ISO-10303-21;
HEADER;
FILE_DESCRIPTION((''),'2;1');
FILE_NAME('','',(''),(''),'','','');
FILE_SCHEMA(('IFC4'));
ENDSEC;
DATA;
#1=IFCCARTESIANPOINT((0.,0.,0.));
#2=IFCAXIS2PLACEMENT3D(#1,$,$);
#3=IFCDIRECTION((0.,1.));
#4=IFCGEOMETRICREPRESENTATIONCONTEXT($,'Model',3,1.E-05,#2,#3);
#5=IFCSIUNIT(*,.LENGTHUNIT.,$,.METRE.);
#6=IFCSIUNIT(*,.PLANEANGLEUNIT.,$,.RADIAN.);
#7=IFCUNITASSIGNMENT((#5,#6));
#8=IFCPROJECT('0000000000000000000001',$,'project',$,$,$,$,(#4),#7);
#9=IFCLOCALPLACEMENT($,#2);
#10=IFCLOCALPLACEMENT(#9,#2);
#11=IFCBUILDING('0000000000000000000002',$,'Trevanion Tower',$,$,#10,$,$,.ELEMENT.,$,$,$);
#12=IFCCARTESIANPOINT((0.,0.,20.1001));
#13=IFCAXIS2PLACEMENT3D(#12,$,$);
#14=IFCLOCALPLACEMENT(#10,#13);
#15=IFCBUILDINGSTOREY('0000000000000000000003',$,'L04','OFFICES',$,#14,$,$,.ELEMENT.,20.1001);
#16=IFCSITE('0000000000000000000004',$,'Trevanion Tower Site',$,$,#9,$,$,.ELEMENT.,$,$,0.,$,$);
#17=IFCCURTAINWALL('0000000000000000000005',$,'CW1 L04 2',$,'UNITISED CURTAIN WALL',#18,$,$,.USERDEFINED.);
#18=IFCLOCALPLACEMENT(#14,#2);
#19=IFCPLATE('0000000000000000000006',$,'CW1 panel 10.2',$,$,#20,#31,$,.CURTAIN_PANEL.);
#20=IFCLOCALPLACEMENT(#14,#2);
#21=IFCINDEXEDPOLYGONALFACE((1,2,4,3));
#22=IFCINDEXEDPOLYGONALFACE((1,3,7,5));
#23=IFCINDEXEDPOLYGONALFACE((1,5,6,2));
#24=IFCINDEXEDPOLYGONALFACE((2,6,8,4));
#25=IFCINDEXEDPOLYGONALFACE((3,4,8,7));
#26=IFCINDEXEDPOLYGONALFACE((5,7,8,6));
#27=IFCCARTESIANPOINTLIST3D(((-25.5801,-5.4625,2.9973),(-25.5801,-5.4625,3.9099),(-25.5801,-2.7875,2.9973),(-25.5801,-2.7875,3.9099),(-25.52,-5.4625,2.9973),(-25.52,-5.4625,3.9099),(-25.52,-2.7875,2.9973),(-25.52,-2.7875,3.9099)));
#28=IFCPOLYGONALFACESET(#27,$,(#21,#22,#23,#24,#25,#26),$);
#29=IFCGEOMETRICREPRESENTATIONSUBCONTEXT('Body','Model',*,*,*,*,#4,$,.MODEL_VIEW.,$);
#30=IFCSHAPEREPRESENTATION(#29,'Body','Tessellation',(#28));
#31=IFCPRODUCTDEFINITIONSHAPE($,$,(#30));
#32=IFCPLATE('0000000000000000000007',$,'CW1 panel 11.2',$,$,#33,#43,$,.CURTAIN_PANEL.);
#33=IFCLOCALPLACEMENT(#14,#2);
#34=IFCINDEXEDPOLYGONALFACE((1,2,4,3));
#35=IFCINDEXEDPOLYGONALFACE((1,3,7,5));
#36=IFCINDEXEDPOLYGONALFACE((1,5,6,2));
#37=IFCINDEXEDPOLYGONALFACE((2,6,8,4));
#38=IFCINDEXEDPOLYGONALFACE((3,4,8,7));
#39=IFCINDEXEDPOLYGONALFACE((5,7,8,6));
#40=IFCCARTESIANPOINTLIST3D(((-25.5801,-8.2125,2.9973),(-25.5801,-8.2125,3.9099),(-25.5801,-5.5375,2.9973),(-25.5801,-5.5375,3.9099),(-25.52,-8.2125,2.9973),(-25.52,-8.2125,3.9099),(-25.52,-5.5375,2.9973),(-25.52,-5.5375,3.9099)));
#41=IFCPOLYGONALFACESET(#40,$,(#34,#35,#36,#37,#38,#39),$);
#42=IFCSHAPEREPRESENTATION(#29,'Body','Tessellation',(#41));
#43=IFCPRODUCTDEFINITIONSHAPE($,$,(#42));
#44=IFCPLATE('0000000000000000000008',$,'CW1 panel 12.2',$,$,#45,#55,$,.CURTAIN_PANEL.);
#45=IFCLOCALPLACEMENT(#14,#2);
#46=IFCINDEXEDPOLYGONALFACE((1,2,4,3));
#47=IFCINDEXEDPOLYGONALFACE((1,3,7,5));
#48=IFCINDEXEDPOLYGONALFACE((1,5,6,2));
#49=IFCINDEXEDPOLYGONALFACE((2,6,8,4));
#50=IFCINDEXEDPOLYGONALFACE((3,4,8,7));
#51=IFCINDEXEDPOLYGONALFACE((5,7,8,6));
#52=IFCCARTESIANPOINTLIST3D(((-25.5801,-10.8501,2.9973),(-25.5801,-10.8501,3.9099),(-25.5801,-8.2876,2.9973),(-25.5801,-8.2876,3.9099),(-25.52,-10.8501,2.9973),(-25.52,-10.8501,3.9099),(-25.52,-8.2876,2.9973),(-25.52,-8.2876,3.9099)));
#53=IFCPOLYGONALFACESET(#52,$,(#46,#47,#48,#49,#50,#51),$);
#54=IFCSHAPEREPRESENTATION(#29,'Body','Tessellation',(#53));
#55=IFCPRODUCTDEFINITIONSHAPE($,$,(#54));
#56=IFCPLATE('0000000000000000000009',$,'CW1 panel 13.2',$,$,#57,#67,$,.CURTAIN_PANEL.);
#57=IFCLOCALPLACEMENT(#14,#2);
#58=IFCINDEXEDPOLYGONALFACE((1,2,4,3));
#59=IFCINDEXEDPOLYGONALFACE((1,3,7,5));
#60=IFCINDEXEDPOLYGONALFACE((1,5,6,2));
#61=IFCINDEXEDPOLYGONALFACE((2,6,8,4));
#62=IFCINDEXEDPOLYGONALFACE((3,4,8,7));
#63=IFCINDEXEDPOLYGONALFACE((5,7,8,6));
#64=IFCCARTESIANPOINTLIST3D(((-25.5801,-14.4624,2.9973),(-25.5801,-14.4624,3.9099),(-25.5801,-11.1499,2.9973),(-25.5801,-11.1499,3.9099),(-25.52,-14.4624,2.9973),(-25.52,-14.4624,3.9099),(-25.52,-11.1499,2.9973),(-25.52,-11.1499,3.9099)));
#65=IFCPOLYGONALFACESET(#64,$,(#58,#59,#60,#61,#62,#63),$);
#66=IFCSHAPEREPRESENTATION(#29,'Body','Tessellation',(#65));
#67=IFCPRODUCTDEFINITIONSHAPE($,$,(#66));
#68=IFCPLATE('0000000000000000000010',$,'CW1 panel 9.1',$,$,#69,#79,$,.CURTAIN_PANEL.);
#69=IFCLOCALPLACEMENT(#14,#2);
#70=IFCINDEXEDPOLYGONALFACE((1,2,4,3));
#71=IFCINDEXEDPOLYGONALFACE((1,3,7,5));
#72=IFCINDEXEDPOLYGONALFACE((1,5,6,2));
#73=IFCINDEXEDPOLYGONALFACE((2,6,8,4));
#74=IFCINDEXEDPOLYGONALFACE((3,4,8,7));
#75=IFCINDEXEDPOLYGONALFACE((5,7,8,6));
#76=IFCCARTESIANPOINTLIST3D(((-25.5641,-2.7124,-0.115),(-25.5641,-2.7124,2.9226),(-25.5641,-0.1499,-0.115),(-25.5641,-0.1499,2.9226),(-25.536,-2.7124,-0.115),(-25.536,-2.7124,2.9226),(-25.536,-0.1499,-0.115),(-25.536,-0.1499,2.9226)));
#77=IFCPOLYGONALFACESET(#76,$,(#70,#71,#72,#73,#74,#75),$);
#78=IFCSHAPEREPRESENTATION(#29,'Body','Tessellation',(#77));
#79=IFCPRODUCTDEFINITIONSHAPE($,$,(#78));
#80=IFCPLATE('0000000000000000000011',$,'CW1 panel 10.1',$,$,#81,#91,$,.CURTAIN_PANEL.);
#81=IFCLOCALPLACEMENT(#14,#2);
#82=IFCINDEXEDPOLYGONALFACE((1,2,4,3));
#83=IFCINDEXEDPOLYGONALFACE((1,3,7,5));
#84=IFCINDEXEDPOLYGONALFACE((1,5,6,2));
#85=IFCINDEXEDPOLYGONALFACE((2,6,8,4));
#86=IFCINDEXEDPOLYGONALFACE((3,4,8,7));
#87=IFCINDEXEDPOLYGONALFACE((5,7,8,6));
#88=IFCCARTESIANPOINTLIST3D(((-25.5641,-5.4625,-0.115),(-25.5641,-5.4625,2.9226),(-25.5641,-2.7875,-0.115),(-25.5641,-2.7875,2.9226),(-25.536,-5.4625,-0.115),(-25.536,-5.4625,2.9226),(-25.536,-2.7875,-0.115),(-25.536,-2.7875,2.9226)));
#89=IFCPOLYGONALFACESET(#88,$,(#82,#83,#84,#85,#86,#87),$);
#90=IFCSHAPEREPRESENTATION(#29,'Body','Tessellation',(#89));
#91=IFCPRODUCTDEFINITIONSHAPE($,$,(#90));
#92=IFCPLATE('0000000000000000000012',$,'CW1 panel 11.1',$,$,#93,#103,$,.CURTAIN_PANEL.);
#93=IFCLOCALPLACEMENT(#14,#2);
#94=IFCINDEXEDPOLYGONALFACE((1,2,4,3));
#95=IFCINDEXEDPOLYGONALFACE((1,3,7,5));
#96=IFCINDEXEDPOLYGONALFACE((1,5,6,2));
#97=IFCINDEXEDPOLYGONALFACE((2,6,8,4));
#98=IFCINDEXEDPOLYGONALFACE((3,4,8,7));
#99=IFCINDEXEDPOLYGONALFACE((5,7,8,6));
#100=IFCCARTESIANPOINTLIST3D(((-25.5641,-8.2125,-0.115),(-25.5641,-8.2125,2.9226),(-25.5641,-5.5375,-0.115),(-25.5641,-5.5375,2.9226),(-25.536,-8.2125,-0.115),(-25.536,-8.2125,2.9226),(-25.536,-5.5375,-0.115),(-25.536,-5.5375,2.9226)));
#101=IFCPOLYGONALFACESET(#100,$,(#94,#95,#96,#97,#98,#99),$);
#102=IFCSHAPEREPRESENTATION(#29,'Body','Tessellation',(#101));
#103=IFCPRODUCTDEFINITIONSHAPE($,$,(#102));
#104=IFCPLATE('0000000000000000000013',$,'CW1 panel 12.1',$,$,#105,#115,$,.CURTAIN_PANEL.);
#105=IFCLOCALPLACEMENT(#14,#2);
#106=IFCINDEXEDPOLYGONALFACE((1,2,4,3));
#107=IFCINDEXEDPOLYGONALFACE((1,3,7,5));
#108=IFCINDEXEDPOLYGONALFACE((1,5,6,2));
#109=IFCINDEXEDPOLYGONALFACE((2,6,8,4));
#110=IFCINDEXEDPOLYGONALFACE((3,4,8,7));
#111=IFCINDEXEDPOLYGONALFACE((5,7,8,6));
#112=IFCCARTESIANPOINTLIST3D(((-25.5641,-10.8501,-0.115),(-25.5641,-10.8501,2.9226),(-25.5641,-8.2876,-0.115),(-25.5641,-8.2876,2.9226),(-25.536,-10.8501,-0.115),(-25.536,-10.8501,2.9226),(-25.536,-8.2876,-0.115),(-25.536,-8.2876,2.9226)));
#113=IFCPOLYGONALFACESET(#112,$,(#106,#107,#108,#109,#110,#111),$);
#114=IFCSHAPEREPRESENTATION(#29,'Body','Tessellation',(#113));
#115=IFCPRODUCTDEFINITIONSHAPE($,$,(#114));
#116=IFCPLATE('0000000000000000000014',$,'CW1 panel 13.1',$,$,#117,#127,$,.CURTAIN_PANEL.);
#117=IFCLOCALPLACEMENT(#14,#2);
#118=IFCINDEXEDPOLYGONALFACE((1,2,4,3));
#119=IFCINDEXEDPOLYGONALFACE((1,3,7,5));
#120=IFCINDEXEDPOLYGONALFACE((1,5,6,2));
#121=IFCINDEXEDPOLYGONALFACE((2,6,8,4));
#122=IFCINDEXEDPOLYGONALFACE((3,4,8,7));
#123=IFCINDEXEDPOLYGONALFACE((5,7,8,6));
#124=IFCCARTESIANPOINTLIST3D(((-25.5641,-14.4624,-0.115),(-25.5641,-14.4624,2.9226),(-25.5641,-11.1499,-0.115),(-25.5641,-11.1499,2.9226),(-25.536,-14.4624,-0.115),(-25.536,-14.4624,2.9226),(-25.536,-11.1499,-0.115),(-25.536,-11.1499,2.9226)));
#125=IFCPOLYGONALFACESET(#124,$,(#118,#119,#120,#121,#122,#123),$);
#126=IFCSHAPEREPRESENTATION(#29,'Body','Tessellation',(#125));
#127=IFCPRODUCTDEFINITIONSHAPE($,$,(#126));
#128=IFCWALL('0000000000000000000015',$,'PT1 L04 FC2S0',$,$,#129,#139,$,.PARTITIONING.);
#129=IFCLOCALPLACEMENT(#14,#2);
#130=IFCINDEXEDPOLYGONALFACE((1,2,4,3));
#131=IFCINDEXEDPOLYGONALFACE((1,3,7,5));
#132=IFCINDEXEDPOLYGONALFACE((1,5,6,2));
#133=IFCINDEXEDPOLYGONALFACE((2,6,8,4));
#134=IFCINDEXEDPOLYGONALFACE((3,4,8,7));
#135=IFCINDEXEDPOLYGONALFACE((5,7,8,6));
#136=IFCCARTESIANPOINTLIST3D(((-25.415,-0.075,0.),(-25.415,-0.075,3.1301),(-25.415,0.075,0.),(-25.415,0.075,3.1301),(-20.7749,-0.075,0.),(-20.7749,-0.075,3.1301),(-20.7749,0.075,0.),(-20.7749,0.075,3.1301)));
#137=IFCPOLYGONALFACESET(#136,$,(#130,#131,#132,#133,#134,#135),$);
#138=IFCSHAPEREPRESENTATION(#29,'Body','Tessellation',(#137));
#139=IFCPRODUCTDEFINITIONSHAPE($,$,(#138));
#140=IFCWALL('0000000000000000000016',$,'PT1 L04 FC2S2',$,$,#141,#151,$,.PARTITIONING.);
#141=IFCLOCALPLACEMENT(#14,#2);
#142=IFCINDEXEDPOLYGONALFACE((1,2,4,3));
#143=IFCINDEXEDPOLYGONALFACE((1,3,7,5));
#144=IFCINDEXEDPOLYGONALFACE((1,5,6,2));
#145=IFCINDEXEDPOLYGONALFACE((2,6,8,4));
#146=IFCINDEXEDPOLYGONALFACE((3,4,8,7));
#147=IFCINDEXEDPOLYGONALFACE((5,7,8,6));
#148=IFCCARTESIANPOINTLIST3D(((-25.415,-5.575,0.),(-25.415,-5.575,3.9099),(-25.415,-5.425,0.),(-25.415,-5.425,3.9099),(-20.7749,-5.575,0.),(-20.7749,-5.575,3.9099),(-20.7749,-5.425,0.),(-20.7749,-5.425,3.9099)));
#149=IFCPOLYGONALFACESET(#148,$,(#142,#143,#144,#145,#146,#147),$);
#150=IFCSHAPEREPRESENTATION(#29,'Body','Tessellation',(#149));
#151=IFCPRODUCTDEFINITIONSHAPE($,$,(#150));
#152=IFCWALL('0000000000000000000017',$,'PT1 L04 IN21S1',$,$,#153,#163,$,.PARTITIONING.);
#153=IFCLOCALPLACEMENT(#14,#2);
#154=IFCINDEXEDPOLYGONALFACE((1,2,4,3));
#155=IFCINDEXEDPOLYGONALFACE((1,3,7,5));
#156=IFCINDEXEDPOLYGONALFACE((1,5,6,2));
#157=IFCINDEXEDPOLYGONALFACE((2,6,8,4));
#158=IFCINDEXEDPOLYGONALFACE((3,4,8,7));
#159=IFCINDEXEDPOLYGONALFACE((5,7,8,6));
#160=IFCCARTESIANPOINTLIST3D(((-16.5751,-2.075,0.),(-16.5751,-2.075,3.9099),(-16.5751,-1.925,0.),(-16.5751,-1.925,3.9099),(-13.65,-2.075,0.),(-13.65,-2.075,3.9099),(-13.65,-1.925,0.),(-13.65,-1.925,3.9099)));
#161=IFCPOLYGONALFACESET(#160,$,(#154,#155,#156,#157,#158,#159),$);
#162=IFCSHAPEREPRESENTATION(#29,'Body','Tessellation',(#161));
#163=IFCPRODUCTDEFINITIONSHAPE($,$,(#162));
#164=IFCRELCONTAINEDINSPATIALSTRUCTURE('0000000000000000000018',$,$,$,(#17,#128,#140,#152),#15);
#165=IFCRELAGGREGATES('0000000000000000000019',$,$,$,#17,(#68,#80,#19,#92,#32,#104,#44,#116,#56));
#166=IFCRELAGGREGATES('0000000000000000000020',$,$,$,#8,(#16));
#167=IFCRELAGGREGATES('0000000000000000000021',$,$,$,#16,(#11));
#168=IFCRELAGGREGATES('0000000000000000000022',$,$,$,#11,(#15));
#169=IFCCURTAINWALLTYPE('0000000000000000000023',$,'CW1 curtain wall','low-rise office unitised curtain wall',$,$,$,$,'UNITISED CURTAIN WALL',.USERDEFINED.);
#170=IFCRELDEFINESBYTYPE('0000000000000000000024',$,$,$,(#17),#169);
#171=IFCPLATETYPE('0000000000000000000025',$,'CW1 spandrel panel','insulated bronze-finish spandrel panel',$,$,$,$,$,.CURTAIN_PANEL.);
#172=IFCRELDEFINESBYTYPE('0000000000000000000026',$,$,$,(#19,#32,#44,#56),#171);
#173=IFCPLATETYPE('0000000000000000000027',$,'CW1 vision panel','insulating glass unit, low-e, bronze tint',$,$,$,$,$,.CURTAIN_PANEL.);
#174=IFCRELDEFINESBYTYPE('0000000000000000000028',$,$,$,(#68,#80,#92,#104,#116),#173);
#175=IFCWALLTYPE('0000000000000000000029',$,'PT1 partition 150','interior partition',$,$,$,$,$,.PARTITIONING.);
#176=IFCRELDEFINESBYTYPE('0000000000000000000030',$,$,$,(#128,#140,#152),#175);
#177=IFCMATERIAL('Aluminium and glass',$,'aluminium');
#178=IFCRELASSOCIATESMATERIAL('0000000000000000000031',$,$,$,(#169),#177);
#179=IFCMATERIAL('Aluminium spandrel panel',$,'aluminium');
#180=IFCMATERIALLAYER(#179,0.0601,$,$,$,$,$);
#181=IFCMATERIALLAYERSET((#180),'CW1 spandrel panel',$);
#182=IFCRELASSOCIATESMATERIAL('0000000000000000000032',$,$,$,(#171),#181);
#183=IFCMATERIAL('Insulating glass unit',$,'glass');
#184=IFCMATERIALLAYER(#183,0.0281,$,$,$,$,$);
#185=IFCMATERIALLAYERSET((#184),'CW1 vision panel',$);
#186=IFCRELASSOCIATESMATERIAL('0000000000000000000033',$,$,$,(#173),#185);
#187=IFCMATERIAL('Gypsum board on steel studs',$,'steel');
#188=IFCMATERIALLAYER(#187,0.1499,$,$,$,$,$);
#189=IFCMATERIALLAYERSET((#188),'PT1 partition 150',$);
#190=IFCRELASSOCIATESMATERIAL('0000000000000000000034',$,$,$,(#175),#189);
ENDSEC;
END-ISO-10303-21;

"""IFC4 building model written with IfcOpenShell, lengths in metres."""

from ifc_helpers import new_model, si_unit, direction, frame, frame_2d, origin, origin_2d, place, context, subcontext, project, spatial, rectangle, extrude, material, layer, layer_set, type_object, element, aggregate, save


model = new_model("IFC4")

# Units and contexts
model_context = context("Model", 3, precision=1e-05, world=origin(), true_north=direction((0.0, 1.0)))
body_context = subcontext(model_context, "Body", "Model", "MODEL_VIEW")
ifc_project = project(units=[si_unit("LENGTHUNIT", "METRE"), si_unit("PLANEANGLEUNIT", "RADIAN")], contexts=[model_context])

# Site, building, storey
site_placement = place(None, origin())
site = spatial("IfcSite", under=ifc_project, at=site_placement, Name="Trevanion Tower Site", CompositionType="ELEMENT", RefElevation=0.0)
building_placement = place(site_placement, origin())
building = spatial("IfcBuilding", under=site, at=building_placement, Name="Trevanion Tower", CompositionType="ELEMENT")
storey_placement = place(building_placement, frame((0.0, 0.0, 20.1001)))
storey = spatial("IfcBuildingStorey", under=building, at=storey_placement, Name="L04", Description="OFFICES", CompositionType="ELEMENT", Elevation=20.1001)

# Curtain wall
ifc_material_1 = material(Name="Aluminium and glass", Category="aluminium")
curtain_wall_type = type_object("IfcCurtainWallType", Name="CW1 curtain wall", Description="low-rise office unitised curtain wall", ElementType="UNITISED CURTAIN WALL", PredefinedType="USERDEFINED", material=ifc_material_1)
curtain_wall_placement = place(storey_placement, origin())
curtain_wall = element("IfcCurtainWall", 1, at=curtain_wall_placement, inside=storey, type_object=curtain_wall_type, Name="CW1 L04 2", ObjectType="UNITISED CURTAIN WALL", PredefinedType="USERDEFINED")

# Plates
ifc_material_2 = material(Name="Aluminium spandrel panel", Category="aluminium")
ifc_layer_1 = layer(ifc_material_2, 0.0601)
ifc_layer_set_1 = layer_set([ifc_layer_1], Name="CW1 spandrel panel")
plate_type_1 = type_object("IfcPlateType", Name="CW1 spandrel panel", Description="insulated bronze-finish spandrel panel", PredefinedType="CURTAIN_PANEL", material=ifc_layer_set_1)
plate_1_placement = place(storey_placement, frame((-25.55, -4.125, 2.9973), z_axis=(0.0, 0.0, 1.0), x_axis=(0.0, -1.0, 0.0)))
plate_1 = element("IfcPlate", 2, at=plate_1_placement, type_object=plate_type_1, Name="CW1 panel 10.2", PredefinedType="CURTAIN_PANEL", context=body_context, shape_type="SweptSolid", body=[
    extrude(rectangle(XDim=2.675, YDim=0.0601, at=origin_2d()), origin(), (0.0, 0.0, 1.0), 0.9126),
])
plate_2_placement = place(storey_placement, frame((-25.55, -6.875, 2.9973), z_axis=(0.0, 0.0, 1.0), x_axis=(0.0, -1.0, 0.0)))
plate_2 = element("IfcPlate", 3, at=plate_2_placement, type_object=plate_type_1, Name="CW1 panel 11.2", PredefinedType="CURTAIN_PANEL", context=body_context, shape_type="SweptSolid", body=[
    extrude(rectangle(XDim=2.675, YDim=0.0601, at=origin_2d()), origin(), (0.0, 0.0, 1.0), 0.9126),
])
plate_3_placement = place(storey_placement, frame((-25.55, -9.5688, 2.9973), z_axis=(0.0, 0.0, 1.0), x_axis=(0.0, -1.0, 0.0)))
plate_3 = element("IfcPlate", 4, at=plate_3_placement, type_object=plate_type_1, Name="CW1 panel 12.2", PredefinedType="CURTAIN_PANEL", context=body_context, shape_type="SweptSolid", body=[
    extrude(rectangle(XDim=2.5625, YDim=0.0601, at=origin_2d()), origin(), (0.0, 0.0, 1.0), 0.9126),
])
plate_4_placement = place(storey_placement, frame((-25.55, -12.8062, 2.9973), z_axis=(0.0, 0.0, 1.0), x_axis=(0.0, -1.0, 0.0)))
plate_4 = element("IfcPlate", 5, at=plate_4_placement, type_object=plate_type_1, Name="CW1 panel 13.2", PredefinedType="CURTAIN_PANEL", context=body_context, shape_type="SweptSolid", body=[
    extrude(rectangle(XDim=3.3125, YDim=0.0601, at=origin_2d()), origin(), (0.0, 0.0, 1.0), 0.9126),
])
ifc_material_3 = material(Name="Insulating glass unit", Category="glass")
ifc_layer_2 = layer(ifc_material_3, 0.0281)
ifc_layer_set_2 = layer_set([ifc_layer_2], Name="CW1 vision panel")
plate_type_2 = type_object("IfcPlateType", Name="CW1 vision panel", Description="insulating glass unit, low-e, bronze tint", PredefinedType="CURTAIN_PANEL", material=ifc_layer_set_2)
plate_5_placement = place(storey_placement, frame((-25.55, -1.4312, -0.115), z_axis=(0.0, 0.0, 1.0), x_axis=(0.0, -1.0, 0.0)))
plate_5 = element("IfcPlate", 6, at=plate_5_placement, type_object=plate_type_2, Name="CW1 panel 9.1", PredefinedType="CURTAIN_PANEL", context=body_context, shape_type="SweptSolid", body=[
    extrude(rectangle(XDim=2.5625, YDim=0.0281, at=origin_2d()), origin(), (0.0, 0.0, 1.0), 3.0376),
])
plate_6_placement = place(storey_placement, frame((-25.55, -4.125, -0.115), z_axis=(0.0, 0.0, 1.0), x_axis=(0.0, -1.0, 0.0)))
plate_6 = element("IfcPlate", 7, at=plate_6_placement, type_object=plate_type_2, Name="CW1 panel 10.1", PredefinedType="CURTAIN_PANEL", context=body_context, shape_type="SweptSolid", body=[
    extrude(rectangle(XDim=2.675, YDim=0.0281, at=origin_2d()), origin(), (0.0, 0.0, 1.0), 3.0376),
])
plate_7_placement = place(storey_placement, frame((-25.55, -6.875, -0.115), z_axis=(0.0, 0.0, 1.0), x_axis=(0.0, -1.0, 0.0)))
plate_7 = element("IfcPlate", 8, at=plate_7_placement, type_object=plate_type_2, Name="CW1 panel 11.1", PredefinedType="CURTAIN_PANEL", context=body_context, shape_type="SweptSolid", body=[
    extrude(rectangle(XDim=2.675, YDim=0.0281, at=origin_2d()), origin(), (0.0, 0.0, 1.0), 3.0376),
])
plate_8_placement = place(storey_placement, frame((-25.55, -9.5688, -0.115), z_axis=(0.0, 0.0, 1.0), x_axis=(0.0, -1.0, 0.0)))
plate_8 = element("IfcPlate", 9, at=plate_8_placement, type_object=plate_type_2, Name="CW1 panel 12.1", PredefinedType="CURTAIN_PANEL", context=body_context, shape_type="SweptSolid", body=[
    extrude(rectangle(XDim=2.5625, YDim=0.0281, at=origin_2d()), origin(), (0.0, 0.0, 1.0), 3.0376),
])
plate_9_placement = place(storey_placement, frame((-25.55, -12.8062, -0.115), z_axis=(0.0, 0.0, 1.0), x_axis=(0.0, -1.0, 0.0)))
plate_9 = element("IfcPlate", 10, at=plate_9_placement, type_object=plate_type_2, Name="CW1 panel 13.1", PredefinedType="CURTAIN_PANEL", context=body_context, shape_type="SweptSolid", body=[
    extrude(rectangle(XDim=3.3125, YDim=0.0281, at=origin_2d()), origin(), (0.0, 0.0, 1.0), 3.0376),
])
aggregate(curtain_wall, [plate_5, plate_6, plate_1, plate_7, plate_2, plate_8, plate_3, plate_9, plate_4])

# Walls
ifc_material_4 = material(Name="Gypsum board on steel studs", Category="steel")
ifc_layer_3 = layer(ifc_material_4, 0.1499)
ifc_layer_set_3 = layer_set([ifc_layer_3], Name="PT1 partition 150")
wall_type = type_object("IfcWallType", Name="PT1 partition 150", Description="interior partition", PredefinedType="PARTITIONING", material=ifc_layer_set_3)
wall_1_placement = place(storey_placement, frame((-20.7749, 0.0, 0.0), z_axis=(0.0, 0.0, 1.0), x_axis=(-1.0, 0.0, 0.0)))
element("IfcWall", 11, at=wall_1_placement, inside=storey, type_object=wall_type, Name="PT1 L04 FC2S0", PredefinedType="PARTITIONING", context=body_context, shape_type="SweptSolid", body=[
    extrude(rectangle(XDim=4.6401, YDim=0.1499, at=frame_2d((2.3201, 0.0))), origin(), (0.0, 0.0, 1.0), 3.1301),
])
wall_2_placement = place(storey_placement, frame((-20.7749, -5.5, 0.0), z_axis=(0.0, 0.0, 1.0), x_axis=(-1.0, 0.0, 0.0)))
element("IfcWall", 12, at=wall_2_placement, inside=storey, type_object=wall_type, Name="PT1 L04 FC2S2", PredefinedType="PARTITIONING", context=body_context, shape_type="SweptSolid", body=[
    extrude(rectangle(XDim=4.6401, YDim=0.1499, at=frame_2d((2.3201, 0.0))), origin(), (0.0, 0.0, 1.0), 3.9099),
])
wall_3_placement = place(storey_placement, frame((-16.575, -2.0, 0.0), z_axis=(0.0, 0.0, 1.0), x_axis=(1.0, 0.0, 0.0)))
element("IfcWall", 13, at=wall_3_placement, inside=storey, type_object=wall_type, Name="PT1 L04 IN21S1", PredefinedType="PARTITIONING", context=body_context, shape_type="SweptSolid", body=[
    extrude(rectangle(XDim=2.925, YDim=0.1499, at=frame_2d((1.4624, 0.0))), origin(), (0.0, 0.0, 1.0), 3.9099),
])

save(model, "model.ifc")
